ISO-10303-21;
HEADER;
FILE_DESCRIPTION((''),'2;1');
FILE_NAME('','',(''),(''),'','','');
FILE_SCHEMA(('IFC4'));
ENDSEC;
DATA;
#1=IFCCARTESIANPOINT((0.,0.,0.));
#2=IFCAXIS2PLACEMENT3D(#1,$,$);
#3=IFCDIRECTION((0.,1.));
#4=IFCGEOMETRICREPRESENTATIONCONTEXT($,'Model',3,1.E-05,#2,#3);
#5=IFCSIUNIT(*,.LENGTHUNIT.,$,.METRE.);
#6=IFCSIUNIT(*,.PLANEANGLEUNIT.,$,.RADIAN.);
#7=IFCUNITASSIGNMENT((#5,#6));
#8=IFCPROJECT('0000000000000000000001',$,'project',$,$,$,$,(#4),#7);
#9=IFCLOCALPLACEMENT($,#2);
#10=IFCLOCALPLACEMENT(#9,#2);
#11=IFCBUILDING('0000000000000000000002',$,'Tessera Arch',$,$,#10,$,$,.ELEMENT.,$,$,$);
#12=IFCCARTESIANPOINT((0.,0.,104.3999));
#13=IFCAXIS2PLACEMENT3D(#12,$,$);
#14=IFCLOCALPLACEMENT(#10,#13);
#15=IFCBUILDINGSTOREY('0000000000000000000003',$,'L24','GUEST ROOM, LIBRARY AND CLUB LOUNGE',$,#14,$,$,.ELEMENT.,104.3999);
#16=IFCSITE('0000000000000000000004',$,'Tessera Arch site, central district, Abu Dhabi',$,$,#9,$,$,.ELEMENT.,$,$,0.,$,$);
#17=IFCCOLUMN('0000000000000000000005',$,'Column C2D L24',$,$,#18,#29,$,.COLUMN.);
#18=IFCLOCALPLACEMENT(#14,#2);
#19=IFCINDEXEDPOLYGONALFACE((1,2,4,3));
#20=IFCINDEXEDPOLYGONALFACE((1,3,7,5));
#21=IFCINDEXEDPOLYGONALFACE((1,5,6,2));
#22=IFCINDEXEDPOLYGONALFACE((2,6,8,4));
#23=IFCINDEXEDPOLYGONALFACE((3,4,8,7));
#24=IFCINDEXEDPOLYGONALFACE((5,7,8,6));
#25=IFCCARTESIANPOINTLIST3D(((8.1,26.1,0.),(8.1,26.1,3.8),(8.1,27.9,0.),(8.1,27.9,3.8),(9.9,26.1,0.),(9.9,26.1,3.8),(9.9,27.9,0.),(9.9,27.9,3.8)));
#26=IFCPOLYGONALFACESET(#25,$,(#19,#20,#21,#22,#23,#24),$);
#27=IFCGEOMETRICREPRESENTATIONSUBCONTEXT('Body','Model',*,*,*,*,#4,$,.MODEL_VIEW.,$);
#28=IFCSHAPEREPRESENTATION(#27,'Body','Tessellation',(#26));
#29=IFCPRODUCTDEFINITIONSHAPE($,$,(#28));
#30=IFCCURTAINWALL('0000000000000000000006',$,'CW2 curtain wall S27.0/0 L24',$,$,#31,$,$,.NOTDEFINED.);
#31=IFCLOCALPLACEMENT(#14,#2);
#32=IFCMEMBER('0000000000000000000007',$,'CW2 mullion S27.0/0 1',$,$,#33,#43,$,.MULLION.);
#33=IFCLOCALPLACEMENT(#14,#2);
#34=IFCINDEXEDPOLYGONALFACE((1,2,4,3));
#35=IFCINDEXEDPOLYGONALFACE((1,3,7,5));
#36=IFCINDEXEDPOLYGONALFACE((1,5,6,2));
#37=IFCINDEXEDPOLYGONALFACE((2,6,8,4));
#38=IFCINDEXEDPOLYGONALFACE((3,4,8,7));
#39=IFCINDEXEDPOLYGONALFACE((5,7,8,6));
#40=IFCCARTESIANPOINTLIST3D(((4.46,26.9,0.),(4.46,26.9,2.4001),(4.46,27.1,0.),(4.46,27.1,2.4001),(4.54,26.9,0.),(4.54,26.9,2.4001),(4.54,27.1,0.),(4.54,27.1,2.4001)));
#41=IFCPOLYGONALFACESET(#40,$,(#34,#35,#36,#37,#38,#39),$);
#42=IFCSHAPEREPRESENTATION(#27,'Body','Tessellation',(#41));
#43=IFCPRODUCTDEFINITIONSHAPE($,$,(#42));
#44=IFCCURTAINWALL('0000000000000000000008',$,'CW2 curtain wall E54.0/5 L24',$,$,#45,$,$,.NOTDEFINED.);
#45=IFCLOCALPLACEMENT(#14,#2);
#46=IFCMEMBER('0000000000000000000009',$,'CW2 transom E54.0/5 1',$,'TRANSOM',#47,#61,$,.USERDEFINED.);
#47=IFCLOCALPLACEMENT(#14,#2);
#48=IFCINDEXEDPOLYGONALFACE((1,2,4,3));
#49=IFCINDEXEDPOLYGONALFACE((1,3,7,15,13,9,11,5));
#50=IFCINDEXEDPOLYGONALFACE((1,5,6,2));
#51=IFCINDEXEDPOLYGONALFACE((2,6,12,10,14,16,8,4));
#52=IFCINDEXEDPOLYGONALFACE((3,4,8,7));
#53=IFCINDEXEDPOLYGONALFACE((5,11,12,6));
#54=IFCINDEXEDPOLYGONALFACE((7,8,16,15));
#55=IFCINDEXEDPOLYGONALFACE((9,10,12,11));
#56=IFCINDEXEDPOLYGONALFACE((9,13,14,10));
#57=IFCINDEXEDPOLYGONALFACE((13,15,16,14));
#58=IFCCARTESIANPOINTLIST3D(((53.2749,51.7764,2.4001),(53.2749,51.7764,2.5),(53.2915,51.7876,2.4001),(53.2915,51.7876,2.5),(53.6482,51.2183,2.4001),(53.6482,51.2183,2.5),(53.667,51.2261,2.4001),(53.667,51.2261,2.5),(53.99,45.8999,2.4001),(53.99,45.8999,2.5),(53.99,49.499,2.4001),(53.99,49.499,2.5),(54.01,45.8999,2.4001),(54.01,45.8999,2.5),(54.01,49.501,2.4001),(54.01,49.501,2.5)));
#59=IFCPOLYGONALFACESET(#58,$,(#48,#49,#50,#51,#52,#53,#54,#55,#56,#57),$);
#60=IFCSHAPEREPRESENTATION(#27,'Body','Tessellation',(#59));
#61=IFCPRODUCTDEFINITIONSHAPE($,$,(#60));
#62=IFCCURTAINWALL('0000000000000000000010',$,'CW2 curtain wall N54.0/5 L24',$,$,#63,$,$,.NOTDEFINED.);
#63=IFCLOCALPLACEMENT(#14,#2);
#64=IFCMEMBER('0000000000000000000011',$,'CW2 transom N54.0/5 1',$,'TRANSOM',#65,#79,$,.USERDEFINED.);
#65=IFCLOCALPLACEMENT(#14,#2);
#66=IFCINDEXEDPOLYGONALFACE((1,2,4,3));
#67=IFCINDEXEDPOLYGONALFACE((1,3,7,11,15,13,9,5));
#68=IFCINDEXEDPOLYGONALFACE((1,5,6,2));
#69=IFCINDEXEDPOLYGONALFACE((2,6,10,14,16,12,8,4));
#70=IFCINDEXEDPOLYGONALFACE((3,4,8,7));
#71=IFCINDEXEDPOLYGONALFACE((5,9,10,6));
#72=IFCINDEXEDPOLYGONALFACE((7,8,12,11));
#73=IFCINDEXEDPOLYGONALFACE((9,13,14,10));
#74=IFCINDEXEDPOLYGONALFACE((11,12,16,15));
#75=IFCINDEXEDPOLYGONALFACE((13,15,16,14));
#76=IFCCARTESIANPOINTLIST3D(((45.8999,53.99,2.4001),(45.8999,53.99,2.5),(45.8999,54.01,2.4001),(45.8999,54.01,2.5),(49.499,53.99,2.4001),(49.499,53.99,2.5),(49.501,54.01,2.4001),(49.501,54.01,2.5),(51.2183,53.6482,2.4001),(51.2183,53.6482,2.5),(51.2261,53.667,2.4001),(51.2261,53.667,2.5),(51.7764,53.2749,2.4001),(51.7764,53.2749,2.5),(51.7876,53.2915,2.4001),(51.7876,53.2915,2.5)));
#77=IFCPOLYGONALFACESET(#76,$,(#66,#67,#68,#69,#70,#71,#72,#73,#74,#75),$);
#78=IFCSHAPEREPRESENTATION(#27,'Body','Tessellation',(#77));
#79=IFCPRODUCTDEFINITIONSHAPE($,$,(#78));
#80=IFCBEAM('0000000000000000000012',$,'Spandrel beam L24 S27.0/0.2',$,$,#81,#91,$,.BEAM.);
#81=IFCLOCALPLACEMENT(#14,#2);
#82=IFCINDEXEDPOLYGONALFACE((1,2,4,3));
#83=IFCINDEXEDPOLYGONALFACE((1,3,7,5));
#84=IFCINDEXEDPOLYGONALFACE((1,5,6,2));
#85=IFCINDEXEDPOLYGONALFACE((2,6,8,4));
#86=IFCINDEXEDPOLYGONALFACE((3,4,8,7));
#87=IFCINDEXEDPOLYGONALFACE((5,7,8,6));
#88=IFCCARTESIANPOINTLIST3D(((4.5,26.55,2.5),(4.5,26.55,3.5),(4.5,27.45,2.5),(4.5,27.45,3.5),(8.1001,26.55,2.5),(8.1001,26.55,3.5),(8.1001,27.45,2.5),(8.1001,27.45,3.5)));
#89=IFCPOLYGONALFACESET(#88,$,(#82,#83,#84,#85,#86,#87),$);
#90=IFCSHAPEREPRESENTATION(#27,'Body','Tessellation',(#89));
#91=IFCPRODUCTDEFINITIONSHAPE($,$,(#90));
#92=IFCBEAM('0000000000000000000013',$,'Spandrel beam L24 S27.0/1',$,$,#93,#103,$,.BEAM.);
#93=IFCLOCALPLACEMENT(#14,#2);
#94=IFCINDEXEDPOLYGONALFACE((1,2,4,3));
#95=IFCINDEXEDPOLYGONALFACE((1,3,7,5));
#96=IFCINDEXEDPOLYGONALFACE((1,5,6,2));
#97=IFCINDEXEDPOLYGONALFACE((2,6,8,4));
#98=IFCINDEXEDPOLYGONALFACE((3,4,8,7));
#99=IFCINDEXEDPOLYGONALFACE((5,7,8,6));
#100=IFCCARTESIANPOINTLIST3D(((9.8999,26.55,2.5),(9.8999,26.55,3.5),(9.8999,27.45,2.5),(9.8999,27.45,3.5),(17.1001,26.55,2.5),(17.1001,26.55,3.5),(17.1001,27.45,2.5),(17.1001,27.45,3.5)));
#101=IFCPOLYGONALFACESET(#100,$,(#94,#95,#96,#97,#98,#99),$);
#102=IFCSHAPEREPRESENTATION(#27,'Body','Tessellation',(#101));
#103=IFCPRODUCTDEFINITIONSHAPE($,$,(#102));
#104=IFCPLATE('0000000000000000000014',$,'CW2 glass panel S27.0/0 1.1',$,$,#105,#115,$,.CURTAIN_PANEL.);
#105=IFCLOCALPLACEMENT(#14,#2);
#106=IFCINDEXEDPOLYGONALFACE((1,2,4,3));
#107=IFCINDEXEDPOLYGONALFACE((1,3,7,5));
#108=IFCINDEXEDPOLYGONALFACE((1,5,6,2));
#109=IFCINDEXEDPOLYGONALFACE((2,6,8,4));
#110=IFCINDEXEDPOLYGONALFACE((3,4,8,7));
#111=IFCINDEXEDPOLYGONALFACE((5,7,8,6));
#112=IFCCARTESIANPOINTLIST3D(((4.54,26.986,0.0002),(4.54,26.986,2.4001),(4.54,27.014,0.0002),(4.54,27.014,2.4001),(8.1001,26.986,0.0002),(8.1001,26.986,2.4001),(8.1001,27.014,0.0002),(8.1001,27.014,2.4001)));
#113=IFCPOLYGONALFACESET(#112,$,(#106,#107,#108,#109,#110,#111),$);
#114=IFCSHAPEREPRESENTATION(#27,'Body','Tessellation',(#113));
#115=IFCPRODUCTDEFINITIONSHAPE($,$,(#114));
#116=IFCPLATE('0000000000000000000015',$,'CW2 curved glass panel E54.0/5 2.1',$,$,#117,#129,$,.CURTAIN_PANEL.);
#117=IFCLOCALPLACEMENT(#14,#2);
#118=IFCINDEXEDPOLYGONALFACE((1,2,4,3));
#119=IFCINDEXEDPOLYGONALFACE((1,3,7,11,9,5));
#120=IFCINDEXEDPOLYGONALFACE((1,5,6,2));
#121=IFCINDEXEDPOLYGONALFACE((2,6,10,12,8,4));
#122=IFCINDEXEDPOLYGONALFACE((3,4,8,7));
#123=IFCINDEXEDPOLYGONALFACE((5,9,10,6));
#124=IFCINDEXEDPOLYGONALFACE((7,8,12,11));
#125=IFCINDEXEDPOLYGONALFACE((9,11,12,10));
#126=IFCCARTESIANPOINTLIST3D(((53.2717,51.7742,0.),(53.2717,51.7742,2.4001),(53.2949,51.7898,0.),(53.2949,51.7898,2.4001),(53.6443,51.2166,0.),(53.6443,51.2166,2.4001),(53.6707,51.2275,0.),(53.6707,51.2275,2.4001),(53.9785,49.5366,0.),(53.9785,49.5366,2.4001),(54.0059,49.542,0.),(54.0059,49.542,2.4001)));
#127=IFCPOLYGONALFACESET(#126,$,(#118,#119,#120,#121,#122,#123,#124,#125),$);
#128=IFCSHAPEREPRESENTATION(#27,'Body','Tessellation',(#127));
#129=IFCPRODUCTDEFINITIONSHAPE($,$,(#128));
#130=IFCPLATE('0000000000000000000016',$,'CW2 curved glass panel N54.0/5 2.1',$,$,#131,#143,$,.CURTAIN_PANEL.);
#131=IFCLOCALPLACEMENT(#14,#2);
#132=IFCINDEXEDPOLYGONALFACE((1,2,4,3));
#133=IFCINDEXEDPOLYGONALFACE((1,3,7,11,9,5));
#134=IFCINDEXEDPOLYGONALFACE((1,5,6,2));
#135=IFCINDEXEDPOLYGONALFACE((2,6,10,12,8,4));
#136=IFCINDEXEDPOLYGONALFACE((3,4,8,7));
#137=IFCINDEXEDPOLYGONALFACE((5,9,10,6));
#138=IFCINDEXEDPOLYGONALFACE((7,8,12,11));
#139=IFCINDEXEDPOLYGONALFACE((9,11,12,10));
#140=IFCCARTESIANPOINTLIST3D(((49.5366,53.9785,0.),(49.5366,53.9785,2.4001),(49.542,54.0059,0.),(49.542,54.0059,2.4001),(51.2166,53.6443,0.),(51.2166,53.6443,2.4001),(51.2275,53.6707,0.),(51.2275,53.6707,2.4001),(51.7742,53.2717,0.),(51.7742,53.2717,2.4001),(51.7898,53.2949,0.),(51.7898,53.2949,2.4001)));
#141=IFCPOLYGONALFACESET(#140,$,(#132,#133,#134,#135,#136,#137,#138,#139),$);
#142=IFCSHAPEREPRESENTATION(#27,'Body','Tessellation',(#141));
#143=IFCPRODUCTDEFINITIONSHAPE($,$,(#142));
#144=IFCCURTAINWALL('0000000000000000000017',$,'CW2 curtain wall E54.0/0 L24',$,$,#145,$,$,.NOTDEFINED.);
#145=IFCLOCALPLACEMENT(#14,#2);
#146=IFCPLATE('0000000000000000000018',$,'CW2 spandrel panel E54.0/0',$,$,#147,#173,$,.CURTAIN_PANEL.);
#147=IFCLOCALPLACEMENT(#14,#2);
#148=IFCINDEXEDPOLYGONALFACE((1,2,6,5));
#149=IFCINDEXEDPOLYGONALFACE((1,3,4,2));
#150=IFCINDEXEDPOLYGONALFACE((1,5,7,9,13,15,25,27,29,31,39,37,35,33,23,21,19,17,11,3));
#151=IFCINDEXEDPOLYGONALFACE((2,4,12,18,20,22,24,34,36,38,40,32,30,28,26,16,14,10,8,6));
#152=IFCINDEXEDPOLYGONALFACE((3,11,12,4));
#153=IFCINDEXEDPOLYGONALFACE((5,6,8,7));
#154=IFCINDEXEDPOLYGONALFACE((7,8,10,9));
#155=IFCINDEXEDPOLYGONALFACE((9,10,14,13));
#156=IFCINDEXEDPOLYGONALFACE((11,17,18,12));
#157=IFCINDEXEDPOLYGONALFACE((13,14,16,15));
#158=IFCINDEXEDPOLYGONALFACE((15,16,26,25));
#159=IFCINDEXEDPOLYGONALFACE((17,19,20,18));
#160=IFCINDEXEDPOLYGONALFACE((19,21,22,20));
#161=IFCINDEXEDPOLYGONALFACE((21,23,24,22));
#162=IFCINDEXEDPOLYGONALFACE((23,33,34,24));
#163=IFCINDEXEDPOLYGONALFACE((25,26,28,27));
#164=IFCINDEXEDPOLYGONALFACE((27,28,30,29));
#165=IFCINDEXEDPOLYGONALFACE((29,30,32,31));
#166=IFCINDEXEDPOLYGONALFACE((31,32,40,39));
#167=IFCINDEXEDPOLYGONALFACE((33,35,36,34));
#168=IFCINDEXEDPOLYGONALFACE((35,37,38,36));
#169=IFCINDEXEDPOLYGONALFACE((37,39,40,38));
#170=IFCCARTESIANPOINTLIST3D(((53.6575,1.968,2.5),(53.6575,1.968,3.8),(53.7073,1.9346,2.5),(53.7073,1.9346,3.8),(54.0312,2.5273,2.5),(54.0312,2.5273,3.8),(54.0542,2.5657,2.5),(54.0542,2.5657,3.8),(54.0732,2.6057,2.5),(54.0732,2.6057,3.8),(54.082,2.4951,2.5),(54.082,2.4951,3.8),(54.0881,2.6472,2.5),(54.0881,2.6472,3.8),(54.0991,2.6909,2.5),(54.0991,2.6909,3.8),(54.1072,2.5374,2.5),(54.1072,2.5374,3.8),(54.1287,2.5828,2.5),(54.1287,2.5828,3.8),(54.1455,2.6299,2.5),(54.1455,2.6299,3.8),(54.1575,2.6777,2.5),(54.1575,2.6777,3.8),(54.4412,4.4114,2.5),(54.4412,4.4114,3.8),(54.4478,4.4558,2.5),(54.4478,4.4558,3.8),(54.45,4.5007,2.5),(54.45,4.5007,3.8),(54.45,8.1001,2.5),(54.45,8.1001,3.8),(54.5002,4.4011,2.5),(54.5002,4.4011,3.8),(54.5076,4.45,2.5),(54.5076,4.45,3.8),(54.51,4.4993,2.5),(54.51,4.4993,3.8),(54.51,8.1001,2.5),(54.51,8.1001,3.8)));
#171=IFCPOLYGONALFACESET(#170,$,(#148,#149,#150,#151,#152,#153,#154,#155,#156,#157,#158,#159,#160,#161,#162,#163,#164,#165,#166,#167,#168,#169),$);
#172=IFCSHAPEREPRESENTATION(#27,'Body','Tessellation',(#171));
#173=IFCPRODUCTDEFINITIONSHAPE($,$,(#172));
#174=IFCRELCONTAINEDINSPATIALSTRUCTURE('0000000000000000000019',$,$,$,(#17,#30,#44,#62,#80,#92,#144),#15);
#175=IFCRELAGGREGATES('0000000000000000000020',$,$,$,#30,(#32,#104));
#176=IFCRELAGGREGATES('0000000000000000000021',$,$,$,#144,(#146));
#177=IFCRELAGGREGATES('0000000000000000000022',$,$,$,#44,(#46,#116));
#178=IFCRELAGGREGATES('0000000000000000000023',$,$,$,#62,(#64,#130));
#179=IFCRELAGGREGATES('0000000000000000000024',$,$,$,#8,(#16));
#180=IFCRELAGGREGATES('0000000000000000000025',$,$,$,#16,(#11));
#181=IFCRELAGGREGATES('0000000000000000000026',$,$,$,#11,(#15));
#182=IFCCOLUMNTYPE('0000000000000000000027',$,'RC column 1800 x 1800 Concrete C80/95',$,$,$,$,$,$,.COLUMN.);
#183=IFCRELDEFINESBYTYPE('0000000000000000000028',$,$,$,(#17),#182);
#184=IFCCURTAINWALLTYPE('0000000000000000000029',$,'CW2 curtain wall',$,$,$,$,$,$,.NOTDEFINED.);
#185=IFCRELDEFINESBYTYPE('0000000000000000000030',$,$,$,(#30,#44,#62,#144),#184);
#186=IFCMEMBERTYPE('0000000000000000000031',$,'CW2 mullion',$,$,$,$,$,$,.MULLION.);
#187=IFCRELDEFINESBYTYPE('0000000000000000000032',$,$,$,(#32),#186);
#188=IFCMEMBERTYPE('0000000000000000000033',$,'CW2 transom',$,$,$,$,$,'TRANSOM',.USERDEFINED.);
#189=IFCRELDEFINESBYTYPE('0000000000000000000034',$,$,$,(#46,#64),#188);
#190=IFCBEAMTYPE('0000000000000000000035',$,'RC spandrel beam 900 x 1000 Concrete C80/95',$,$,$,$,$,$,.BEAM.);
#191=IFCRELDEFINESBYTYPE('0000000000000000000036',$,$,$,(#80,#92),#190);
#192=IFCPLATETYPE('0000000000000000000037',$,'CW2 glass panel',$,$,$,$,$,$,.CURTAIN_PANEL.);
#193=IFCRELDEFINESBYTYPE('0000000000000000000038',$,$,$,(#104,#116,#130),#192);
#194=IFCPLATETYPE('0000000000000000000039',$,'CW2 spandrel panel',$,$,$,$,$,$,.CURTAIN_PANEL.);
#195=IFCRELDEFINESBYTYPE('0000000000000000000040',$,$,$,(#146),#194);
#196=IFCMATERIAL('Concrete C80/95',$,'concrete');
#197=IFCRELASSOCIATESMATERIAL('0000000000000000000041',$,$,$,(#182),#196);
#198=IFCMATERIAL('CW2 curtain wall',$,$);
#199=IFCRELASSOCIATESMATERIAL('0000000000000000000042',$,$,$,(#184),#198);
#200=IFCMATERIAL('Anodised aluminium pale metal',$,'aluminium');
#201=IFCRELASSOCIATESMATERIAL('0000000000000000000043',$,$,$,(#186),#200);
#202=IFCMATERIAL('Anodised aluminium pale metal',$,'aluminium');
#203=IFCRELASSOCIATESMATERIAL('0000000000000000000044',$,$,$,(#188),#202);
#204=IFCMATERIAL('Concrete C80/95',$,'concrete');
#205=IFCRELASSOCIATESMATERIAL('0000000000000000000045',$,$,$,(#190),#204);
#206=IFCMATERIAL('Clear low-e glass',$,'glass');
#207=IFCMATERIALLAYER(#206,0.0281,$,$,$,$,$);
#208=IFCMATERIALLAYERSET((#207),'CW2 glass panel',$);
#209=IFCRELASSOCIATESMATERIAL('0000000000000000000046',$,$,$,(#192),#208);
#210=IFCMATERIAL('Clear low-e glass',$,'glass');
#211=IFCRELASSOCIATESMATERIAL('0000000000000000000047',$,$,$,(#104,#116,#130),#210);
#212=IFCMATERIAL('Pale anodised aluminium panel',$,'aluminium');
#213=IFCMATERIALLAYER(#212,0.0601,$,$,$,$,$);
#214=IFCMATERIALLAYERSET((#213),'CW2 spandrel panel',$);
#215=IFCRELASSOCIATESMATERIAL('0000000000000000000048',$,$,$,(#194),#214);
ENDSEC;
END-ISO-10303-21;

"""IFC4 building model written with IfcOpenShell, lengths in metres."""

from ifc_helpers import new_model, si_unit, direction, frame, origin, origin_2d, place, context, subcontext, project, spatial, polyline, rectangle, outline, extrude, material, layer, layer_set, material_profile, profile_set, type_object, element, aggregate, save


model = new_model("IFC4")

# Units and contexts
model_context = context("Model", 3, precision=1e-05, world=origin(), true_north=direction((0.0, 1.0)))
body_context = subcontext(model_context, "Body", "Model", "MODEL_VIEW")
ifc_project = project(units=[si_unit("LENGTHUNIT", "METRE"), si_unit("PLANEANGLEUNIT", "RADIAN")], contexts=[model_context])

# Site, building, storey
site_placement = place(None, origin())
site = spatial("IfcSite", under=ifc_project, at=site_placement, Name="Tessera Arch site, central district, Abu Dhabi", CompositionType="ELEMENT", RefElevation=0.0)
building_placement = place(site_placement, origin())
building = spatial("IfcBuilding", under=site, at=building_placement, Name="Tessera Arch", CompositionType="ELEMENT")
storey_placement = place(building_placement, frame((0.0, 0.0, 104.3999)))
storey = spatial("IfcBuildingStorey", under=building, at=storey_placement, Name="L24", Description="GUEST ROOM, LIBRARY AND CLUB LOUNGE", CompositionType="ELEMENT", Elevation=104.3999)

# Column
ifc_material_1 = material(Name="Concrete C80/95", Category="concrete")
ifc_material_profile_1 = material_profile(ifc_material_1, rectangle(XDim=1.8, YDim=1.8, at=origin_2d()), Name="RC column 1800 x 1800 Concrete C80/95")
ifc_profile_set_1 = profile_set([ifc_material_profile_1], Name="Concrete C80/95")
column_type = type_object("IfcColumnType", Name="RC column 1800 x 1800 Concrete C80/95", PredefinedType="COLUMN", material=ifc_profile_set_1)
column_placement = place(storey_placement, frame((9.0, 27.0, 0.0), z_axis=(0.0, 0.0, 1.0), x_axis=(1.0, 0.0, 0.0)))
element("IfcColumn", 1, at=column_placement, inside=storey, type_object=column_type, Name="Column C2D L24", PredefinedType="COLUMN", context=body_context, shape_type="SweptSolid", body=[
    extrude(rectangle(XDim=1.8, YDim=1.8, at=origin_2d()), origin(), (0.0, 0.0, 1.0), 3.8),
])

# Curtain walls, members
ifc_material_2 = material(Name="CW2 curtain wall")
curtain_wall_type_1 = type_object("IfcCurtainWallType", Name="CW2 curtain wall", PredefinedType="NOTDEFINED", material=ifc_material_2)
curtain_wall_1_placement = place(storey_placement, origin())
curtain_wall_1 = element("IfcCurtainWall", 2, at=curtain_wall_1_placement, inside=storey, type_object=curtain_wall_type_1, Name="CW2 curtain wall S27.0/0 L24", PredefinedType="NOTDEFINED")
ifc_material_3 = material(Name="Anodised aluminium pale metal", Category="aluminium")
ifc_material_profile_2 = material_profile(ifc_material_3, rectangle(XDim=0.2, YDim=0.0801, at=origin_2d()), Name="AL 80x200")
ifc_profile_set_2 = profile_set([ifc_material_profile_2], Name="Anodised aluminium pale metal")
member_type_1 = type_object("IfcMemberType", Name="CW2 mullion", PredefinedType="MULLION", material=ifc_profile_set_2)
member_1_placement = place(storey_placement, frame((4.5, 27.0, 0.0), z_axis=(0.0, 0.0, 1.0), x_axis=(0.0, 1.0, 0.0)))
member_1 = element("IfcMember", 3, at=member_1_placement, type_object=member_type_1, Name="CW2 mullion S27.0/0 1", PredefinedType="MULLION", context=body_context, shape_type="SweptSolid", body=[
    extrude(rectangle(XDim=0.2, YDim=0.0801, at=origin_2d()), origin(), (0.0, 0.0, 1.0), 2.4001),
])
curtain_wall_2_placement = place(storey_placement, origin())
curtain_wall_2 = element("IfcCurtainWall", 4, at=curtain_wall_2_placement, inside=storey, type_object=curtain_wall_type_1, Name="CW2 curtain wall E54.0/5 L24", PredefinedType="NOTDEFINED")
ifc_material_4 = material(Name="Anodised aluminium pale metal", Category="aluminium")
ifc_material_profile_3 = material_profile(ifc_material_4, rectangle(XDim=0.2, YDim=0.1001, at=origin_2d()), Name="AL 200x100")
ifc_profile_set_3 = profile_set([ifc_material_profile_3], Name="Anodised aluminium pale metal")
member_type_2 = type_object("IfcMemberType", Name="CW2 transom", ElementType="TRANSOM", PredefinedType="USERDEFINED", material=ifc_profile_set_3)
member_2_placement = place(storey_placement, frame((0.0, 0.0, 2.4001)))
member_2 = element("IfcMember", 5, at=member_2_placement, type_object=member_type_2, Name="CW2 transom E54.0/5 1", ObjectType="TRANSOM", PredefinedType="USERDEFINED", context=body_context, shape_type="SweptSolid", body=[
    extrude(outline(polyline([(53.99, 49.499), (53.99, 45.8999), (54.01, 45.8999), (54.01, 49.501), (53.667, 51.2261), (53.2915, 51.7876), (53.2749, 51.7764), (53.6482, 51.2183), (53.99, 49.499)])), origin(), (0.0, 0.0, 1.0), 0.0999),
])
curtain_wall_3_placement = place(storey_placement, origin())
curtain_wall_3 = element("IfcCurtainWall", 6, at=curtain_wall_3_placement, inside=storey, type_object=curtain_wall_type_1, Name="CW2 curtain wall N54.0/5 L24", PredefinedType="NOTDEFINED")
member_3_placement = place(storey_placement, frame((0.0, 0.0, 2.4001)))
member_3 = element("IfcMember", 7, at=member_3_placement, type_object=member_type_2, Name="CW2 transom N54.0/5 1", ObjectType="TRANSOM", PredefinedType="USERDEFINED", context=body_context, shape_type="SweptSolid", body=[
    extrude(outline(polyline([(51.2183, 53.6482), (51.7764, 53.2749), (51.7876, 53.2915), (51.2261, 53.667), (49.501, 54.01), (45.8999, 54.01), (45.8999, 53.99), (49.499, 53.99), (51.2183, 53.6482)])), origin(), (0.0, 0.0, 1.0), 0.0999),
])

# Beams
ifc_material_5 = material(Name="Concrete C80/95", Category="concrete")
ifc_material_profile_4 = material_profile(ifc_material_5, rectangle(XDim=0.8999, YDim=1.0, at=origin_2d()), Name="RC spandrel beam 900 x 1000 Concrete C80/95")
ifc_profile_set_4 = profile_set([ifc_material_profile_4], Name="Concrete C80/95")
beam_type = type_object("IfcBeamType", Name="RC spandrel beam 900 x 1000 Concrete C80/95", PredefinedType="BEAM", material=ifc_profile_set_4)
beam_1_placement = place(storey_placement, frame((4.5, 27.0, 3.0), z_axis=(1.0, 0.0, 0.0), x_axis=(0.0, 1.0, 0.0)))
element("IfcBeam", 8, at=beam_1_placement, inside=storey, type_object=beam_type, Name="Spandrel beam L24 S27.0/0.2", PredefinedType="BEAM", context=body_context, shape_type="SweptSolid", body=[
    extrude(rectangle(XDim=0.8999, YDim=1.0, at=origin_2d()), origin(), (0.0, 0.0, 1.0), 3.6001),
])
beam_2_placement = place(storey_placement, frame((9.8999, 27.0, 3.0), z_axis=(1.0, 0.0, 0.0), x_axis=(0.0, 1.0, 0.0)))
element("IfcBeam", 9, at=beam_2_placement, inside=storey, type_object=beam_type, Name="Spandrel beam L24 S27.0/1", PredefinedType="BEAM", context=body_context, shape_type="SweptSolid", body=[
    extrude(rectangle(XDim=0.8999, YDim=1.0, at=origin_2d()), origin(), (0.0, 0.0, 1.0), 7.2002),
])

# Plates
ifc_material_6 = material(Name="Clear low-e glass", Category="glass")
ifc_material_7 = material(Name="Clear low-e glass", Category="glass")
ifc_layer_1 = layer(ifc_material_7, 0.0281)
ifc_layer_set_1 = layer_set([ifc_layer_1], Name="CW2 glass panel")
plate_type_1 = type_object("IfcPlateType", Name="CW2 glass panel", PredefinedType="CURTAIN_PANEL", material=ifc_layer_set_1)
plate_1_placement = place(storey_placement, frame((6.3201, 27.0, 0.0002), z_axis=(0.0, 0.0, 1.0), x_axis=(1.0, 0.0, 0.0)))
plate_1 = element("IfcPlate", 10, at=plate_1_placement, type_object=plate_type_1, material=ifc_material_6, Name="CW2 glass panel S27.0/0 1.1", PredefinedType="CURTAIN_PANEL", context=body_context, shape_type="SweptSolid", body=[
    extrude(rectangle(XDim=3.5601, YDim=0.0281, at=origin_2d()), origin(), (0.0, 0.0, 1.0), 2.3999),
])
aggregate(curtain_wall_1, [member_1, plate_1])
plate_2_placement = place(storey_placement, origin())
plate_2 = element("IfcPlate", 11, at=plate_2_placement, type_object=plate_type_1, material=ifc_material_6, Name="CW2 curved glass panel E54.0/5 2.1", PredefinedType="CURTAIN_PANEL", context=body_context, shape_type="SweptSolid", body=[
    extrude(outline(polyline([(53.6443, 51.2166), (53.9785, 49.5366), (54.0059, 49.542), (53.6707, 51.2275), (53.2949, 51.7898), (53.2717, 51.7742), (53.6443, 51.2166)])), origin(), (0.0, 0.0, 1.0), 2.4001),
])
plate_3_placement = place(storey_placement, origin())
plate_3 = element("IfcPlate", 12, at=plate_3_placement, type_object=plate_type_1, material=ifc_material_6, Name="CW2 curved glass panel N54.0/5 2.1", PredefinedType="CURTAIN_PANEL", context=body_context, shape_type="SweptSolid", body=[
    extrude(outline(polyline([(51.2166, 53.6443), (51.7742, 53.2717), (51.7898, 53.2949), (51.2275, 53.6707), (49.542, 54.0059), (49.5366, 53.9785), (51.2166, 53.6443)])), origin(), (0.0, 0.0, 1.0), 2.4001),
])

# Curtain wall, plate
curtain_wall_4_placement = place(storey_placement, origin())
curtain_wall_4 = element("IfcCurtainWall", 13, at=curtain_wall_4_placement, inside=storey, type_object=curtain_wall_type_1, Name="CW2 curtain wall E54.0/0 L24", PredefinedType="NOTDEFINED")
ifc_material_8 = material(Name="Pale anodised aluminium panel", Category="aluminium")
ifc_layer_2 = layer(ifc_material_8, 0.0601)
ifc_layer_set_2 = layer_set([ifc_layer_2], Name="CW2 spandrel panel")
plate_type_2 = type_object("IfcPlateType", Name="CW2 spandrel panel", PredefinedType="CURTAIN_PANEL", material=ifc_layer_set_2)
plate_4_placement = place(storey_placement, frame((0.0, 0.0, 2.5)))
plate_4 = element("IfcPlate", 14, at=plate_4_placement, type_object=plate_type_2, Name="CW2 spandrel panel E54.0/0", PredefinedType="CURTAIN_PANEL", context=body_context, shape_type="SweptSolid", body=[
    extrude(outline(polyline([(54.0312, 2.5273), (53.6575, 1.968), (53.7073, 1.9346), (54.082, 2.4951), (54.1072, 2.5374), (54.1287, 2.5828), (54.1455, 2.6299), (54.1575, 2.6777), (54.5002, 4.4011), (54.5076, 4.45), (54.51, 4.4993), (54.51, 8.1001), (54.45, 8.1001), (54.45, 4.5007), (54.4478, 4.4558), (54.4412, 4.4114), (54.0991, 2.6909), (54.0881, 2.6472), (54.0732, 2.6057), (54.0542, 2.5657), (54.0312, 2.5273)])), origin(), (0.0, 0.0, 1.0), 1.3),
])
aggregate(curtain_wall_4, [plate_4])

aggregate(curtain_wall_2, [member_2, plate_2])
aggregate(curtain_wall_3, [member_3, plate_3])

save(model, "model.ifc")
